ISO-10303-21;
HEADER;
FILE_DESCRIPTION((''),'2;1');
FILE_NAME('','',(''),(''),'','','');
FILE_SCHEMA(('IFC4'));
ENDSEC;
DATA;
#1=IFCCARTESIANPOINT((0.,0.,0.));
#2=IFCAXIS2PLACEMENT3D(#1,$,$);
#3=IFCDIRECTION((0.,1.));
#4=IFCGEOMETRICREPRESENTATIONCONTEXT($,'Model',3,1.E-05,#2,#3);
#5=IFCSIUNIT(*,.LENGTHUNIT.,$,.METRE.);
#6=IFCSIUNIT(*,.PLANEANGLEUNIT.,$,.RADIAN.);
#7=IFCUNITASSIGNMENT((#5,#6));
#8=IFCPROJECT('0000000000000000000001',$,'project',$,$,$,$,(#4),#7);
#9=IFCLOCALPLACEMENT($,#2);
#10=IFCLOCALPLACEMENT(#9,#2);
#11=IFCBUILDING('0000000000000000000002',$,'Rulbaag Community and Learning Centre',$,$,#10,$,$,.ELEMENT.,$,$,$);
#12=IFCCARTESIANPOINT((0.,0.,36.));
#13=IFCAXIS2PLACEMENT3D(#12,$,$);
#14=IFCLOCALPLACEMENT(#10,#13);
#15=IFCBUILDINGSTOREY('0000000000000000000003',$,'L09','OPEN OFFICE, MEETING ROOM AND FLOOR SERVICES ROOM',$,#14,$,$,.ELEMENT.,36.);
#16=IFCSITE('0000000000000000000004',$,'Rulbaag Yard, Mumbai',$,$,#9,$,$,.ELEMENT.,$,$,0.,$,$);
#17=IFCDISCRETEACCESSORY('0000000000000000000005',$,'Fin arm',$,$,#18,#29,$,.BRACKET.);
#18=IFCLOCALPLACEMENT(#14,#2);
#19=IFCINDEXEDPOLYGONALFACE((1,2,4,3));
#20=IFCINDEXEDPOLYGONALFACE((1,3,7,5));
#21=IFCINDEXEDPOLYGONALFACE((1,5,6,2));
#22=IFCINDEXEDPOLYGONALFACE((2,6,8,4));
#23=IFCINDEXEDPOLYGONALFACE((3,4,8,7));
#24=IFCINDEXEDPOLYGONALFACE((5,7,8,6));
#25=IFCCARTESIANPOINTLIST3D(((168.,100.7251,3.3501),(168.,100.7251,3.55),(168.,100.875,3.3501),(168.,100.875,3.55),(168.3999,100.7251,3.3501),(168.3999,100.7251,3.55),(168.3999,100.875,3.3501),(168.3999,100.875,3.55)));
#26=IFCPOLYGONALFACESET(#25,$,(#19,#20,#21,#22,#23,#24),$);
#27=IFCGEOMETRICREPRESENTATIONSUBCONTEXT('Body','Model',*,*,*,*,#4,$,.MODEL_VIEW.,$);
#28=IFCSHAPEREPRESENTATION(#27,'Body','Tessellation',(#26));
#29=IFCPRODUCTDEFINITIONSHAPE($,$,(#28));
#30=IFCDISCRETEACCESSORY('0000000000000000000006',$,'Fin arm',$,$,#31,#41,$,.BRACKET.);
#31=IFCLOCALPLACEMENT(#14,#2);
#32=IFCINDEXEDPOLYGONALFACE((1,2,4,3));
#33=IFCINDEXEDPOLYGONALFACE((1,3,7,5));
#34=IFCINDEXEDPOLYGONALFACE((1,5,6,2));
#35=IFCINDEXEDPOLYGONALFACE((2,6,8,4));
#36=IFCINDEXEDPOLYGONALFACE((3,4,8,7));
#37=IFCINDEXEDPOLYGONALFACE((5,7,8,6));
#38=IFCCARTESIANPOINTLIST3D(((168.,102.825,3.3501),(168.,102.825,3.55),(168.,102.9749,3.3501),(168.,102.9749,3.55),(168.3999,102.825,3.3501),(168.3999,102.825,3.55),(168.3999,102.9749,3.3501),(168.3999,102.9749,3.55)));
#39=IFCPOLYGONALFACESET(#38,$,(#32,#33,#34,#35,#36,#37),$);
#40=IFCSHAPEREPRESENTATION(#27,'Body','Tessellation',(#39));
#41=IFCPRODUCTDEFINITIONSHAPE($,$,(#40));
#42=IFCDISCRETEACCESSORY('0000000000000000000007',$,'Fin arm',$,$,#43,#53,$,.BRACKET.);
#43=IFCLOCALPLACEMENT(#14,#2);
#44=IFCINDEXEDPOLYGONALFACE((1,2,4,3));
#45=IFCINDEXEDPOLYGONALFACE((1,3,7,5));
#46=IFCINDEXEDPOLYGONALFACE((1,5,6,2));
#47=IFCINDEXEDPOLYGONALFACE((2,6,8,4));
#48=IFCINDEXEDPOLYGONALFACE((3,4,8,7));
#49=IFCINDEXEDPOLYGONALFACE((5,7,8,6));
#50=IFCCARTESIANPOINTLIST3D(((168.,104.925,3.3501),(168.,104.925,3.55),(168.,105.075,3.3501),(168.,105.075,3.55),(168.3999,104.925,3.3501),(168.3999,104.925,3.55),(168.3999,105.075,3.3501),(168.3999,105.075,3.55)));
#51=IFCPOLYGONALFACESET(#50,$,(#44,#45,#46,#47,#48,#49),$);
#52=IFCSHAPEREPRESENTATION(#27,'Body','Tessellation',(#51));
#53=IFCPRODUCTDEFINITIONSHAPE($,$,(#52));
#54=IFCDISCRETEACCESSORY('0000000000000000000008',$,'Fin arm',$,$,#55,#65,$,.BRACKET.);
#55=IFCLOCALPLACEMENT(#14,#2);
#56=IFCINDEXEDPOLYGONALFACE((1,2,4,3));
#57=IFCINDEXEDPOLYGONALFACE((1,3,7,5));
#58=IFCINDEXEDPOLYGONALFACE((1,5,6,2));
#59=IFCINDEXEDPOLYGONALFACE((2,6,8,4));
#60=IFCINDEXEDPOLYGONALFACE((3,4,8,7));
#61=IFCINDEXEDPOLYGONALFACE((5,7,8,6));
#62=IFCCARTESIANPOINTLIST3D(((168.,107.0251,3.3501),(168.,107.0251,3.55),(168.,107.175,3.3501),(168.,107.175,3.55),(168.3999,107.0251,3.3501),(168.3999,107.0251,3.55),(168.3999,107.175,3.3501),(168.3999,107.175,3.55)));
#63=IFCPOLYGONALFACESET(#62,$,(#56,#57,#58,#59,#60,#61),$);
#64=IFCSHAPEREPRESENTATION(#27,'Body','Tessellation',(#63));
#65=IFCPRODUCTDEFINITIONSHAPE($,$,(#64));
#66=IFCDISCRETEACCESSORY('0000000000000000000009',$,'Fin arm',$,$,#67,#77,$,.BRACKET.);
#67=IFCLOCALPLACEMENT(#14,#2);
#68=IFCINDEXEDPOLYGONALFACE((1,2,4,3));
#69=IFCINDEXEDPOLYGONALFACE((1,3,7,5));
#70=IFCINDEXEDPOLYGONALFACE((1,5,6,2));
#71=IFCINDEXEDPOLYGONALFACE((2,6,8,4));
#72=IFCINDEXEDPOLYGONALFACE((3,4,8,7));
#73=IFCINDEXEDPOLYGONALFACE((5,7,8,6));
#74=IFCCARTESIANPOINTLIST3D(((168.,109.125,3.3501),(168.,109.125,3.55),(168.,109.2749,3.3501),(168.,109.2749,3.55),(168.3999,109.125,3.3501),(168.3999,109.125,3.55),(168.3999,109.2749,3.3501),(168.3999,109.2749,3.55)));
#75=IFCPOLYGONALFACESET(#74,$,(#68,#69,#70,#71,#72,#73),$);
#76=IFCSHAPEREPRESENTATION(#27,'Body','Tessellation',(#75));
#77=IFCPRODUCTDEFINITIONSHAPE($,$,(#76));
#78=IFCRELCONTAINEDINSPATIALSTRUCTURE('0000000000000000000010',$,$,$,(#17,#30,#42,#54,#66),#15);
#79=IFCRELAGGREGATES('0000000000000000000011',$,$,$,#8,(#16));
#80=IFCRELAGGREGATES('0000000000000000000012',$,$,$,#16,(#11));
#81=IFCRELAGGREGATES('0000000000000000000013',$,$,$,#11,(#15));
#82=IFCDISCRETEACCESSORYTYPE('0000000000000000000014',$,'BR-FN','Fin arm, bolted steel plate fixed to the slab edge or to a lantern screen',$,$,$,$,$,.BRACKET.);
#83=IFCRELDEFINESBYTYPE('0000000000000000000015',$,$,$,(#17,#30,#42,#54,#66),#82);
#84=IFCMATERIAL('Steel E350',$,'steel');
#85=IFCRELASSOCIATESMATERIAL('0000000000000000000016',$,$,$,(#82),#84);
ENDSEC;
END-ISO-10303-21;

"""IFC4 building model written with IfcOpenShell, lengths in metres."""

from ifc_helpers import new_model, si_unit, direction, frame, origin, origin_2d, place, context, subcontext, project, spatial, rectangle, extrude, material, type_object, element, save


model = new_model("IFC4")

# Units and contexts
model_context = context("Model", 3, precision=1e-05, world=origin(), true_north=direction((0.0, 1.0)))
body_context = subcontext(model_context, "Body", "Model", "MODEL_VIEW")
ifc_project = project(units=[si_unit("LENGTHUNIT", "METRE"), si_unit("PLANEANGLEUNIT", "RADIAN")], contexts=[model_context])

# Site, building, storey
site_placement = place(None, origin())
site = spatial("IfcSite", under=ifc_project, at=site_placement, Name="Rulbaag Yard, Mumbai", CompositionType="ELEMENT", RefElevation=0.0)
building_placement = place(site_placement, origin())
building = spatial("IfcBuilding", under=site, at=building_placement, Name="Rulbaag Community and Learning Centre", CompositionType="ELEMENT")
storey_placement = place(building_placement, frame((0.0, 0.0, 36.0)))
storey = spatial("IfcBuildingStorey", under=building, at=storey_placement, Name="L09", Description="OPEN OFFICE, MEETING ROOM AND FLOOR SERVICES ROOM", CompositionType="ELEMENT", Elevation=36.0)

# Discrete accessories
ifc_material_1 = material(Name="Steel E350", Category="steel")
discrete_accessory_type = type_object("IfcDiscreteAccessoryType", Name="BR-FN", Description="Fin arm, bolted steel plate fixed to the slab edge or to a lantern screen", PredefinedType="BRACKET", material=ifc_material_1)
for number, where, z_axis, x_axis, name in (
    (1, (168.2, 100.8, 3.3501), (0.0, 0.0, 1.0), (1.0, 0.0, 0.0), "Fin arm"),
    (2, (168.2, 102.8999, 3.3501), (0.0, 0.0, 1.0), (1.0, 0.0, 0.0), "Fin arm"),
    (3, (168.2, 105.0, 3.3501), (0.0, 0.0, 1.0), (1.0, 0.0, 0.0), "Fin arm"),
    (4, (168.2, 107.1001, 3.3501), (0.0, 0.0, 1.0), (1.0, 0.0, 0.0), "Fin arm"),
    (5, (168.2, 109.2, 3.3501), (0.0, 0.0, 1.0), (1.0, 0.0, 0.0), "Fin arm"),
):
    element("IfcDiscreteAccessory", number, at=place(storey_placement, frame(where, z_axis=z_axis, x_axis=x_axis)), inside=storey, type_object=discrete_accessory_type, Name=name, PredefinedType="BRACKET", context=body_context, shape_type="SweptSolid", body=[
        extrude(rectangle(XDim=0.3999, YDim=0.1499, at=origin_2d()), origin(), (0.0, 0.0, 1.0), 0.2),
    ])

save(model, "model.ifc")
